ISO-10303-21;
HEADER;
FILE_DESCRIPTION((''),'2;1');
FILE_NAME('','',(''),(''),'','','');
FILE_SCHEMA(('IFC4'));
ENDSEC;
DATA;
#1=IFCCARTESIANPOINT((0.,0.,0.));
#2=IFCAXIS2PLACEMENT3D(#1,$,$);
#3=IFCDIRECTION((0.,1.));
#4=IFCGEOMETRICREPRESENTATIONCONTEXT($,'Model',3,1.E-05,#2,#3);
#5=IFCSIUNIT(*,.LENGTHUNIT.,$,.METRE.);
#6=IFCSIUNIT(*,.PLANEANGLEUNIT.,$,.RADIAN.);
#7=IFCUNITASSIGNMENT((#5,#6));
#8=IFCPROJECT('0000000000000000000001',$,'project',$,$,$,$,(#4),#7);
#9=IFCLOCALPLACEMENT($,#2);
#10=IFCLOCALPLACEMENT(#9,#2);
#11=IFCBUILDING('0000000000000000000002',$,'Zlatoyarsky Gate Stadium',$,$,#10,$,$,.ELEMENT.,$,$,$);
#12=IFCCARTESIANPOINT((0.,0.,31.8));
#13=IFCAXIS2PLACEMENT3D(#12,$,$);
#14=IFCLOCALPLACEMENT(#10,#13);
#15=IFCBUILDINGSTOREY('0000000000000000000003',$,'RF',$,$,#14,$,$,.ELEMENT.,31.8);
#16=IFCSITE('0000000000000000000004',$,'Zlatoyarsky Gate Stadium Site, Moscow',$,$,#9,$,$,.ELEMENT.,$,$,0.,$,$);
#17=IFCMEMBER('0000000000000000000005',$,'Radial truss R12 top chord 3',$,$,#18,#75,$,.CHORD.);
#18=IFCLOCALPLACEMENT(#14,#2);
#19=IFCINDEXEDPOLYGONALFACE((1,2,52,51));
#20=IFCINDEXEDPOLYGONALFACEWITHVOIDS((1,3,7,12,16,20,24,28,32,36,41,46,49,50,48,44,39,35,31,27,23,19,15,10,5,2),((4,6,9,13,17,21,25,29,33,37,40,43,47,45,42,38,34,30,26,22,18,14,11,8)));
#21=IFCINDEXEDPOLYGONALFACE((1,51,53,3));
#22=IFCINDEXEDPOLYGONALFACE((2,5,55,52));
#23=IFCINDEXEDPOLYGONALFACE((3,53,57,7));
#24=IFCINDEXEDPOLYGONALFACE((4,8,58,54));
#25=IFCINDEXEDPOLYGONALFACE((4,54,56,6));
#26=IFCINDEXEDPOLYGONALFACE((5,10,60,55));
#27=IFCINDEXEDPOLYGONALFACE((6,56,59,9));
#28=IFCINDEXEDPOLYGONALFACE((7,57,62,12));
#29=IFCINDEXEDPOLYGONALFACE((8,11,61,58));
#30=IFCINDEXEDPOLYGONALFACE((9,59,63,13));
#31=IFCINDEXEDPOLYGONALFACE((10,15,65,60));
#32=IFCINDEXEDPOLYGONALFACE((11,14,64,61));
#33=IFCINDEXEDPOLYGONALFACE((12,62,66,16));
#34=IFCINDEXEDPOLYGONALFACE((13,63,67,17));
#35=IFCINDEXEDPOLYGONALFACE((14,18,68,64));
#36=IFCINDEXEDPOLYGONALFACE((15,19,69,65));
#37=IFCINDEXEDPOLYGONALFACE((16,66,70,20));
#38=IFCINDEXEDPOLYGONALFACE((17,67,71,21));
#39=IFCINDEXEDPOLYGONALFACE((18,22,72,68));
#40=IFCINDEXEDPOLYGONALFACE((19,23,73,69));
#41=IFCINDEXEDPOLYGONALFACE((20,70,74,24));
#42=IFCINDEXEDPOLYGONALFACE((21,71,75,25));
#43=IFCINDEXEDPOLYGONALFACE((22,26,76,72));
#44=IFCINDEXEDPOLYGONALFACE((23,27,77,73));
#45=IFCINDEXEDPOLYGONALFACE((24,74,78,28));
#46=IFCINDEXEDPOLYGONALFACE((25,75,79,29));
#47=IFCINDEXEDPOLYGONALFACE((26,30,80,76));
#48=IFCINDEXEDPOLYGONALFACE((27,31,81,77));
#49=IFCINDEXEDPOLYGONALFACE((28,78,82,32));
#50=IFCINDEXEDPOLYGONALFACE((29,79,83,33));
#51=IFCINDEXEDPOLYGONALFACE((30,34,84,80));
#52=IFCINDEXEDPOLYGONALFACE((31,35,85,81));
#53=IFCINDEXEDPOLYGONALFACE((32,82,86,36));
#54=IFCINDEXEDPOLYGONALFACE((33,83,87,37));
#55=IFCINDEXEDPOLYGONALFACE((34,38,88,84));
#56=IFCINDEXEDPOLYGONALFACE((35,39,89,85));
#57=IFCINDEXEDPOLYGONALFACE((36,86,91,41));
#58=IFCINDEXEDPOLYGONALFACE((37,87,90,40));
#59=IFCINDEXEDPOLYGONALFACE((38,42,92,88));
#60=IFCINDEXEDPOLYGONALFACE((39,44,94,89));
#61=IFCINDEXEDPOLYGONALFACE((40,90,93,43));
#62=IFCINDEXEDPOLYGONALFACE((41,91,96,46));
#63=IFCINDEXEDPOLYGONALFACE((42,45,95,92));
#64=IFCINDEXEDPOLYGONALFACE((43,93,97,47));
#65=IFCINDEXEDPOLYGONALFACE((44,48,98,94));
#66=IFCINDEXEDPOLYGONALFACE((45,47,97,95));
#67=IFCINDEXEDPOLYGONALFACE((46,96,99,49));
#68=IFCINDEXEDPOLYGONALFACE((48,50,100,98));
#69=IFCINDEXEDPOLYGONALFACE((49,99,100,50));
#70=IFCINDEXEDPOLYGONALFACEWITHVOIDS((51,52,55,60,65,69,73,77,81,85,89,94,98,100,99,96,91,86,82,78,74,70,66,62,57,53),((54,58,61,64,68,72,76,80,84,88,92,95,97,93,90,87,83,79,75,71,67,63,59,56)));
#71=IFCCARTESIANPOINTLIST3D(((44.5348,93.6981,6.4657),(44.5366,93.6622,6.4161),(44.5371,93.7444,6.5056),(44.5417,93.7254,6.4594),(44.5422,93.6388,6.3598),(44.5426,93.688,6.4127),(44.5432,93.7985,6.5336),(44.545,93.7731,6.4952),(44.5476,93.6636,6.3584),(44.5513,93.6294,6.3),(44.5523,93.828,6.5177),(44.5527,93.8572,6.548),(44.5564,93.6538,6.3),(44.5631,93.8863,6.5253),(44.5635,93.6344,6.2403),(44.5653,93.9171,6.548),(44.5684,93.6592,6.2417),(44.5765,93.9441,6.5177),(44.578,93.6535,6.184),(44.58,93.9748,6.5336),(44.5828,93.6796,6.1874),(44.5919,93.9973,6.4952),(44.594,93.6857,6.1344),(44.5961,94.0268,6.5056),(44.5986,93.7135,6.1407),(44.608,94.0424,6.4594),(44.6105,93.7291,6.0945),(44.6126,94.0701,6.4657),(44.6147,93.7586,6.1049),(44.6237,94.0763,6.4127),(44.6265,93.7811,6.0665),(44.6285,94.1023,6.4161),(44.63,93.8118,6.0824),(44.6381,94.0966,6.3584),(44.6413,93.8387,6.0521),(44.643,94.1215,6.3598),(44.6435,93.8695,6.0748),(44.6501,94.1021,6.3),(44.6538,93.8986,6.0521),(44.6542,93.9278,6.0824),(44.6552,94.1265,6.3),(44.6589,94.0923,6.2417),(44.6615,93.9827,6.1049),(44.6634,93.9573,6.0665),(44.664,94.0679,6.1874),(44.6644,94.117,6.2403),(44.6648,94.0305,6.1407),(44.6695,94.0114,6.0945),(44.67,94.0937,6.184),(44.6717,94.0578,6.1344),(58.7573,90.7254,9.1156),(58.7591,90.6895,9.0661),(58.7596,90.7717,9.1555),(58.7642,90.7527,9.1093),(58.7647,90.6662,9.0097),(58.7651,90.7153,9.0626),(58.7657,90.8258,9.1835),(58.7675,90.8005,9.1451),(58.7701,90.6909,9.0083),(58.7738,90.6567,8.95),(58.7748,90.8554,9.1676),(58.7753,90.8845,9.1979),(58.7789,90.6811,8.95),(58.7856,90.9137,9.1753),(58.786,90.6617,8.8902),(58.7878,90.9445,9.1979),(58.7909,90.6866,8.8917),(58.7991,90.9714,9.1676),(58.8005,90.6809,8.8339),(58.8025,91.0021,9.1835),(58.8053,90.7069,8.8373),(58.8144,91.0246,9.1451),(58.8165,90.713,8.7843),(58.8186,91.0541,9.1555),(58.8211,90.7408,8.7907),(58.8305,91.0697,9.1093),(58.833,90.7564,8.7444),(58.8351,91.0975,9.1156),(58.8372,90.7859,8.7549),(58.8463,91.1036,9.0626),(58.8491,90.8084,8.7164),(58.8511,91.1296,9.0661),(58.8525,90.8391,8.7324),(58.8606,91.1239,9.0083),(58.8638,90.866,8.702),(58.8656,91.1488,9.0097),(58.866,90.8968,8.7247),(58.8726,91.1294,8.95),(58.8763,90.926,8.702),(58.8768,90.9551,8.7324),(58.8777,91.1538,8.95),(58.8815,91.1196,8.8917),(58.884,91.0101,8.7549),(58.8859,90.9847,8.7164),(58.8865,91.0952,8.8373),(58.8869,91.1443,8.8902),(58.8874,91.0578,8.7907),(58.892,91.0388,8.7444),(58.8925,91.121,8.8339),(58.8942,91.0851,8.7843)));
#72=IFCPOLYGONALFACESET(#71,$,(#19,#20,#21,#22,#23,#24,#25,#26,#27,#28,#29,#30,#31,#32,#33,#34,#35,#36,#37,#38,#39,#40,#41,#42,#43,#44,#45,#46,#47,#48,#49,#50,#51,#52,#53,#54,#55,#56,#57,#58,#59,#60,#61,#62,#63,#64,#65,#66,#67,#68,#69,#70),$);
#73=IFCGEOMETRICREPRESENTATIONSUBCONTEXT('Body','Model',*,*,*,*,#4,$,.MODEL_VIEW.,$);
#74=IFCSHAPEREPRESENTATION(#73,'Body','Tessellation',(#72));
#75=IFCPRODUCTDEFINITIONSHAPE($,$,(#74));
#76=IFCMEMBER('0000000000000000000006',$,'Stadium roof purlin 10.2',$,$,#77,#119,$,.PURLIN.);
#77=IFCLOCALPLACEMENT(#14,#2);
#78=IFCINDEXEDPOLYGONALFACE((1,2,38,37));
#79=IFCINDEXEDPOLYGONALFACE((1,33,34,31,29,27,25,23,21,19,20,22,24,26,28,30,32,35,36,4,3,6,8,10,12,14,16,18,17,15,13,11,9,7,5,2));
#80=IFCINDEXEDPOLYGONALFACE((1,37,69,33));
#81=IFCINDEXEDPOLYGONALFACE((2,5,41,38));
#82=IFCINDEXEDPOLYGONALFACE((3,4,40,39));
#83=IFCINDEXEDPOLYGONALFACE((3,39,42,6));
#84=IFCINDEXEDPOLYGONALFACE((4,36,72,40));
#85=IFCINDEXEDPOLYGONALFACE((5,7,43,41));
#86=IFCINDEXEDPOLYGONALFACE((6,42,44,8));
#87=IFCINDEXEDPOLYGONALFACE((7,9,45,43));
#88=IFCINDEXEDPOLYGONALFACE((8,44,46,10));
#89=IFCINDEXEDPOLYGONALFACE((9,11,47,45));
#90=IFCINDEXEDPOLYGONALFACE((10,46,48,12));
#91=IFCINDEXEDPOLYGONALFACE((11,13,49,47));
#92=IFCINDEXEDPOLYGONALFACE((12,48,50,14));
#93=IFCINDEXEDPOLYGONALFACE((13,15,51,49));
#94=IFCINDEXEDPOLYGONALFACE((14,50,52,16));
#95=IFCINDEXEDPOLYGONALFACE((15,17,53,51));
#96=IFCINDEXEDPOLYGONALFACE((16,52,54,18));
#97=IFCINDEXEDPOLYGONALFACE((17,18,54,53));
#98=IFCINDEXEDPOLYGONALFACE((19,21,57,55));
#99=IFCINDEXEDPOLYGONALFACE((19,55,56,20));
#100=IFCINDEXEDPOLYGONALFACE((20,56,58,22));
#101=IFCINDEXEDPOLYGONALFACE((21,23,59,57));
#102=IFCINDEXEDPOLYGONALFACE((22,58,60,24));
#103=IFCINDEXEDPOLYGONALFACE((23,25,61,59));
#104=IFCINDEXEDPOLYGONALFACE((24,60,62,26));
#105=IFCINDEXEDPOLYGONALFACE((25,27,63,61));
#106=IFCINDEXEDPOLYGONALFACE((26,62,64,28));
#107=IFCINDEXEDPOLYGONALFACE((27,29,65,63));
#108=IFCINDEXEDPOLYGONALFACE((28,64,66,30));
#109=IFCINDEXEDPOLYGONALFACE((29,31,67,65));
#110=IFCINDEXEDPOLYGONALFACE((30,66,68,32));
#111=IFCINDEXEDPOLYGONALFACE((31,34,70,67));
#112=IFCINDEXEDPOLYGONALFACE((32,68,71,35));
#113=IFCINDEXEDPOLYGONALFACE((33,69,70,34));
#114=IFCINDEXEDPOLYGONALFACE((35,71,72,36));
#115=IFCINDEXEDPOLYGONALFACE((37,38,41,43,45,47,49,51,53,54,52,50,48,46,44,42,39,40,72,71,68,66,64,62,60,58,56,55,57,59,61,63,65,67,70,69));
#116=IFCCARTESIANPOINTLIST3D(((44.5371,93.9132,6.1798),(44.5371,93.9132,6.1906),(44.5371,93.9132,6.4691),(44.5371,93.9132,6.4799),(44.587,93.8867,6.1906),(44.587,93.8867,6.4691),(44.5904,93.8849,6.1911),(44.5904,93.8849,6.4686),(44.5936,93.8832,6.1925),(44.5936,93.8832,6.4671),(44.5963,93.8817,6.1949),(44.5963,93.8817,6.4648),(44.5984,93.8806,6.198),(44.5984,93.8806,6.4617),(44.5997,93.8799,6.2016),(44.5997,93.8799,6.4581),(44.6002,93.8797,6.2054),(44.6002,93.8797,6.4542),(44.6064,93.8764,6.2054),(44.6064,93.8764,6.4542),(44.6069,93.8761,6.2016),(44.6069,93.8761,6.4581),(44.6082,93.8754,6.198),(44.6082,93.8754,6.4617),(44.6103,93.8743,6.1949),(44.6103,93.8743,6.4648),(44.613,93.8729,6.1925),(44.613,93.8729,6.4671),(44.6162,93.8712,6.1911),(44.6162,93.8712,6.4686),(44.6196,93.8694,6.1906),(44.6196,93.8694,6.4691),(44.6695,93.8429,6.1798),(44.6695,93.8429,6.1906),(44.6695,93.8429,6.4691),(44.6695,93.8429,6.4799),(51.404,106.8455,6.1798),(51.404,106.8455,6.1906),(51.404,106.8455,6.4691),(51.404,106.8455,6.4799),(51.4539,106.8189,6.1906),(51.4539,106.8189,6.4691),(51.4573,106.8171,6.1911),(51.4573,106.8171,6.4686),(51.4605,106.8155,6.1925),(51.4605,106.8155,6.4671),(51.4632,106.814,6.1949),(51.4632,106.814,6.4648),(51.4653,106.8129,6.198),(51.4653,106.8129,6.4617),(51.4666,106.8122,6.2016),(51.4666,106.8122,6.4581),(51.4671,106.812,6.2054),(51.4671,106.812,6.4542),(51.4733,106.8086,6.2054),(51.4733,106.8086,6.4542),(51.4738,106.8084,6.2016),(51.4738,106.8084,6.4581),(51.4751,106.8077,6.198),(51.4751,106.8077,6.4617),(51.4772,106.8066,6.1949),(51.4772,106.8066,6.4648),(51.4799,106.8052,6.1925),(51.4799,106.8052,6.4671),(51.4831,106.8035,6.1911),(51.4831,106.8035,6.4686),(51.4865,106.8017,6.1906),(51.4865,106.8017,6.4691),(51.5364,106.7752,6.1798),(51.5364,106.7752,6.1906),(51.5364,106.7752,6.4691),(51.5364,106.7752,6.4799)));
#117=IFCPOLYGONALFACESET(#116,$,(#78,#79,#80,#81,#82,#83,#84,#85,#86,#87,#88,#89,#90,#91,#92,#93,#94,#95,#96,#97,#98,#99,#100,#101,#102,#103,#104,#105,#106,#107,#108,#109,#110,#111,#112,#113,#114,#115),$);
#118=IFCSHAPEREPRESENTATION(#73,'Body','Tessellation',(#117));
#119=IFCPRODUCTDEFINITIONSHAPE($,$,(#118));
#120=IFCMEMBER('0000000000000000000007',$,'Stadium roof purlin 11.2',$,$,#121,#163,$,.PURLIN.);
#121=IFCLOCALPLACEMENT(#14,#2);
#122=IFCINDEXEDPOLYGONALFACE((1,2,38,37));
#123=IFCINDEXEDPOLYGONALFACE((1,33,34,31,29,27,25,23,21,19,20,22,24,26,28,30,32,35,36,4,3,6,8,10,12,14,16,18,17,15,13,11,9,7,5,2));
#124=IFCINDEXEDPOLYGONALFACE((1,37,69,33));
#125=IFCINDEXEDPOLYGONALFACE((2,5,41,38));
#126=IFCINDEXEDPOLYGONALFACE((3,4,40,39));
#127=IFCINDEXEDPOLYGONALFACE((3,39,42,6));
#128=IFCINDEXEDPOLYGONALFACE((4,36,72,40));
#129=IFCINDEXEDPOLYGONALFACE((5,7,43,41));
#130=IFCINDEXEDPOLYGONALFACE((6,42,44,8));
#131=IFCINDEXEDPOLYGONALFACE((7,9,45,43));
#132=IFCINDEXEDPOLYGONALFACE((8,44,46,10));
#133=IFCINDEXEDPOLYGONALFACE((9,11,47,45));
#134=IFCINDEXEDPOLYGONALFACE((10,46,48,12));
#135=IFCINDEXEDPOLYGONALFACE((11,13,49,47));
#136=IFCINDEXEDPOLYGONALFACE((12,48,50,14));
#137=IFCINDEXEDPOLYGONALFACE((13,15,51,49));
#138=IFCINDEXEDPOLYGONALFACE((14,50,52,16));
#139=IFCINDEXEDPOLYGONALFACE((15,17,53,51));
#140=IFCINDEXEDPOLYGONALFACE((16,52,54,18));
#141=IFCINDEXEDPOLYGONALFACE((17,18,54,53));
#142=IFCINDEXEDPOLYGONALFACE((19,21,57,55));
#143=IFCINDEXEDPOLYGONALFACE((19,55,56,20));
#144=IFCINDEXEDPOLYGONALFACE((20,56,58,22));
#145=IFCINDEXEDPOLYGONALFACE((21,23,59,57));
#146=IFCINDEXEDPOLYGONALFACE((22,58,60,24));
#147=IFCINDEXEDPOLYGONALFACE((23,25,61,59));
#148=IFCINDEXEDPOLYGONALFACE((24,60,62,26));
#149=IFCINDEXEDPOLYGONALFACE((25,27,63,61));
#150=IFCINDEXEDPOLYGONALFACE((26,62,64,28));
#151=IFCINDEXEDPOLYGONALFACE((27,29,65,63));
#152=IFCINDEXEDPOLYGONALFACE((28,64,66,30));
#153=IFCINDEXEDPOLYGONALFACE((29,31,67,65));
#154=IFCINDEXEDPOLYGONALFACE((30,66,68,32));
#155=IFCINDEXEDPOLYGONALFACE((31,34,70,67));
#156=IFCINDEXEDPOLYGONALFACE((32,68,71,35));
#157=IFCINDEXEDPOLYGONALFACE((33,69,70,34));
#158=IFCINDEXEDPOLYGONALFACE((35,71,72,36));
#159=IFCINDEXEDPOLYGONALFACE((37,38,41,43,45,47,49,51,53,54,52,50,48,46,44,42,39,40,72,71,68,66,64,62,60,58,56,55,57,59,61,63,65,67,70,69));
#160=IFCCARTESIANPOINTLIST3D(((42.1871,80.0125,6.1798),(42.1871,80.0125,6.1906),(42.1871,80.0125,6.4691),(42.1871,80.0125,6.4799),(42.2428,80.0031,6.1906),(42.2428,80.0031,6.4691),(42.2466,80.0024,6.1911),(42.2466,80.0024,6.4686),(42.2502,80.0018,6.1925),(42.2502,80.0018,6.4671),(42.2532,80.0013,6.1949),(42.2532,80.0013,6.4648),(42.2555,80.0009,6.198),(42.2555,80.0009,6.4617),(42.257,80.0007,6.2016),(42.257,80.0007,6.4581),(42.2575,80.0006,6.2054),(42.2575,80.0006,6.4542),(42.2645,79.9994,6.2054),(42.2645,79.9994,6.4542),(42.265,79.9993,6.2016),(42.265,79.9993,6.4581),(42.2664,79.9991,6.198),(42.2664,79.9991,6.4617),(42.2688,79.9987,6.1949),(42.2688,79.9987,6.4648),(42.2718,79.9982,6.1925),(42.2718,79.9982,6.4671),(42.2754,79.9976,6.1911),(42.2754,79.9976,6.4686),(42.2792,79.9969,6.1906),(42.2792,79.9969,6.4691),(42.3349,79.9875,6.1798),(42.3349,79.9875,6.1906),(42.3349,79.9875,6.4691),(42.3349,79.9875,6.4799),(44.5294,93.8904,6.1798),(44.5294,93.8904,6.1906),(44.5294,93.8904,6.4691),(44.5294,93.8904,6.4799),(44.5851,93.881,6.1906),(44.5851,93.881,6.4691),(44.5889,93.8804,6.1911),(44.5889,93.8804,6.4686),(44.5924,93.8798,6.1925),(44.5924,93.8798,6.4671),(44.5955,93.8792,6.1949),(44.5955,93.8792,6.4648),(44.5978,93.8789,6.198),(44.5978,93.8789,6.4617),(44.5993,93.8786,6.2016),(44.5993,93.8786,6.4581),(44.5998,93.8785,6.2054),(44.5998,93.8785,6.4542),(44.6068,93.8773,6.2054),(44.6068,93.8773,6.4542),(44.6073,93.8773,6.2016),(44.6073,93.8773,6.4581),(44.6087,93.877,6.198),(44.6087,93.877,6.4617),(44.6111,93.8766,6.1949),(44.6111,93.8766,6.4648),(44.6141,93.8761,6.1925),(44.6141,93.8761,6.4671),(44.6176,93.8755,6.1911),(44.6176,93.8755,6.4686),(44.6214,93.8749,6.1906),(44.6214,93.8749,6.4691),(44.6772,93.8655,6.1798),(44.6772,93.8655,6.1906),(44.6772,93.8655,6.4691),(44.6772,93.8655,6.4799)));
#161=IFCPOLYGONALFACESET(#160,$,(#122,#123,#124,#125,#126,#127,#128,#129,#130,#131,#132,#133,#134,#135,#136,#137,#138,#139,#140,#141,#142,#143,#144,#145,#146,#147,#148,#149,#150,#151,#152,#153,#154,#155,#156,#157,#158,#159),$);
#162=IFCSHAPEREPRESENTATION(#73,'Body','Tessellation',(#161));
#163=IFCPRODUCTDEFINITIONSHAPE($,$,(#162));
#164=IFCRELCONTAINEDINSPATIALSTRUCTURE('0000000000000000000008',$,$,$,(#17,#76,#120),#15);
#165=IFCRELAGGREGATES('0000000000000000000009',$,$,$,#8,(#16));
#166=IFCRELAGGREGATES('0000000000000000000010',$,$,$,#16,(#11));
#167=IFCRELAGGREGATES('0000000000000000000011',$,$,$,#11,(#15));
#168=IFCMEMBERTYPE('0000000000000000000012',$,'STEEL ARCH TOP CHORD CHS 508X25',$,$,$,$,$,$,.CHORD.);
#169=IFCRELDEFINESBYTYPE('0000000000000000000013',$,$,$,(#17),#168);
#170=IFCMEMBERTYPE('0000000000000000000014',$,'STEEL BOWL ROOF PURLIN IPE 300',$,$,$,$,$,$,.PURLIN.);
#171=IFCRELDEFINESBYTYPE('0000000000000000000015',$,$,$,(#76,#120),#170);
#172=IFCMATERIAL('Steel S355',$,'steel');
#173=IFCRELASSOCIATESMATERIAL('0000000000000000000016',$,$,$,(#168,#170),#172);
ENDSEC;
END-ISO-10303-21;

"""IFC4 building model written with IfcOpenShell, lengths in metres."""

from ifc_helpers import new_model, si_unit, direction, frame, origin, origin_2d, place, context, subcontext, project, spatial, hollow_circle, i_section, extrude, material, material_profile, profile_set, type_object, element, save


model = new_model("IFC4")

# Units and contexts
model_context = context("Model", 3, precision=1e-05, world=origin(), true_north=direction((0.0, 1.0)))
body_context = subcontext(model_context, "Body", "Model", "MODEL_VIEW")
ifc_project = project(units=[si_unit("LENGTHUNIT", "METRE"), si_unit("PLANEANGLEUNIT", "RADIAN")], contexts=[model_context])

# Site, building, storey
site_placement = place(None, origin())
site = spatial("IfcSite", under=ifc_project, at=site_placement, Name="Zlatoyarsky Gate Stadium Site, Moscow", CompositionType="ELEMENT", RefElevation=0.0)
building_placement = place(site_placement, origin())
building = spatial("IfcBuilding", under=site, at=building_placement, Name="Zlatoyarsky Gate Stadium", CompositionType="ELEMENT")
storey_placement = place(building_placement, frame((0.0, 0.0, 31.8)))
storey = spatial("IfcBuildingStorey", under=building, at=storey_placement, Name="RF", CompositionType="ELEMENT", Elevation=31.8)

# Members
ifc_material_1 = material(Name="Steel S355", Category="steel")
ifc_material_profile_1 = material_profile(ifc_material_1, hollow_circle(Radius=0.2539, WallThickness=0.0249, at=origin_2d()), Name="CHS 508X25")
ifc_profile_set_1 = profile_set([ifc_material_profile_1], Name="Steel S355")
member_type_1 = type_object("IfcMemberType", Name="STEEL ARCH TOP CHORD CHS 508X25", PredefinedType="CHORD", material=ifc_profile_set_1)
member_1_placement = place(storey_placement, frame((44.6033, 93.8779, 6.3), z_axis=(0.962964, -0.201271, 0.179418), x_axis=(0.204591, 0.978848, 0.0)))
element("IfcMember", 1, at=member_1_placement, inside=storey, type_object=member_type_1, Name="Radial truss R12 top chord 3", PredefinedType="CHORD", context=body_context, shape_type="SweptSolid", body=[
    extrude(hollow_circle(Radius=0.2539, WallThickness=0.0249, at=origin_2d()), origin(), (0.0, 0.0, 1.0), 14.7695),
])
ifc_material_profile_2 = material_profile(ifc_material_1, i_section(OverallWidth=0.1499, OverallDepth=0.3, WebThickness=0.0071, FlangeThickness=0.0107, FilletRadius=0.0149, at=origin_2d()), Name="IPE 300")
ifc_profile_set_2 = profile_set([ifc_material_profile_2], Name="Steel S355")
member_type_2 = type_object("IfcMemberType", Name="STEEL BOWL ROOF PURLIN IPE 300", PredefinedType="PURLIN", material=ifc_profile_set_2)
member_2_placement = place(storey_placement, frame((51.4702, 106.8103, 6.3298), z_axis=(-0.468975, -0.883211, 0.0), x_axis=(0.883211, -0.468975, 0.0)))
element("IfcMember", 2, at=member_2_placement, inside=storey, type_object=member_type_2, Name="Stadium roof purlin 10.2", PredefinedType="PURLIN", context=body_context, shape_type="SweptSolid", body=[
    extrude(i_section(OverallWidth=0.1499, OverallDepth=0.3, WebThickness=0.0071, FlangeThickness=0.0107, FilletRadius=0.0149, at=origin_2d()), origin(), (0.0, 0.0, 1.0), 14.6423),
])
member_3_placement = place(storey_placement, frame((44.6033, 93.8779, 6.3298), z_axis=(-0.166424, -0.986054, 0.0), x_axis=(0.986054, -0.166424, 0.0)))
element("IfcMember", 3, at=member_3_placement, inside=storey, type_object=member_type_2, Name="Stadium roof purlin 11.2", PredefinedType="PURLIN", context=body_context, shape_type="SweptSolid", body=[
    extrude(i_section(OverallWidth=0.1499, OverallDepth=0.3, WebThickness=0.0071, FlangeThickness=0.0107, FilletRadius=0.0149, at=origin_2d()), origin(), (0.0, 0.0, 1.0), 14.0742),
])

save(model, "model.ifc")
